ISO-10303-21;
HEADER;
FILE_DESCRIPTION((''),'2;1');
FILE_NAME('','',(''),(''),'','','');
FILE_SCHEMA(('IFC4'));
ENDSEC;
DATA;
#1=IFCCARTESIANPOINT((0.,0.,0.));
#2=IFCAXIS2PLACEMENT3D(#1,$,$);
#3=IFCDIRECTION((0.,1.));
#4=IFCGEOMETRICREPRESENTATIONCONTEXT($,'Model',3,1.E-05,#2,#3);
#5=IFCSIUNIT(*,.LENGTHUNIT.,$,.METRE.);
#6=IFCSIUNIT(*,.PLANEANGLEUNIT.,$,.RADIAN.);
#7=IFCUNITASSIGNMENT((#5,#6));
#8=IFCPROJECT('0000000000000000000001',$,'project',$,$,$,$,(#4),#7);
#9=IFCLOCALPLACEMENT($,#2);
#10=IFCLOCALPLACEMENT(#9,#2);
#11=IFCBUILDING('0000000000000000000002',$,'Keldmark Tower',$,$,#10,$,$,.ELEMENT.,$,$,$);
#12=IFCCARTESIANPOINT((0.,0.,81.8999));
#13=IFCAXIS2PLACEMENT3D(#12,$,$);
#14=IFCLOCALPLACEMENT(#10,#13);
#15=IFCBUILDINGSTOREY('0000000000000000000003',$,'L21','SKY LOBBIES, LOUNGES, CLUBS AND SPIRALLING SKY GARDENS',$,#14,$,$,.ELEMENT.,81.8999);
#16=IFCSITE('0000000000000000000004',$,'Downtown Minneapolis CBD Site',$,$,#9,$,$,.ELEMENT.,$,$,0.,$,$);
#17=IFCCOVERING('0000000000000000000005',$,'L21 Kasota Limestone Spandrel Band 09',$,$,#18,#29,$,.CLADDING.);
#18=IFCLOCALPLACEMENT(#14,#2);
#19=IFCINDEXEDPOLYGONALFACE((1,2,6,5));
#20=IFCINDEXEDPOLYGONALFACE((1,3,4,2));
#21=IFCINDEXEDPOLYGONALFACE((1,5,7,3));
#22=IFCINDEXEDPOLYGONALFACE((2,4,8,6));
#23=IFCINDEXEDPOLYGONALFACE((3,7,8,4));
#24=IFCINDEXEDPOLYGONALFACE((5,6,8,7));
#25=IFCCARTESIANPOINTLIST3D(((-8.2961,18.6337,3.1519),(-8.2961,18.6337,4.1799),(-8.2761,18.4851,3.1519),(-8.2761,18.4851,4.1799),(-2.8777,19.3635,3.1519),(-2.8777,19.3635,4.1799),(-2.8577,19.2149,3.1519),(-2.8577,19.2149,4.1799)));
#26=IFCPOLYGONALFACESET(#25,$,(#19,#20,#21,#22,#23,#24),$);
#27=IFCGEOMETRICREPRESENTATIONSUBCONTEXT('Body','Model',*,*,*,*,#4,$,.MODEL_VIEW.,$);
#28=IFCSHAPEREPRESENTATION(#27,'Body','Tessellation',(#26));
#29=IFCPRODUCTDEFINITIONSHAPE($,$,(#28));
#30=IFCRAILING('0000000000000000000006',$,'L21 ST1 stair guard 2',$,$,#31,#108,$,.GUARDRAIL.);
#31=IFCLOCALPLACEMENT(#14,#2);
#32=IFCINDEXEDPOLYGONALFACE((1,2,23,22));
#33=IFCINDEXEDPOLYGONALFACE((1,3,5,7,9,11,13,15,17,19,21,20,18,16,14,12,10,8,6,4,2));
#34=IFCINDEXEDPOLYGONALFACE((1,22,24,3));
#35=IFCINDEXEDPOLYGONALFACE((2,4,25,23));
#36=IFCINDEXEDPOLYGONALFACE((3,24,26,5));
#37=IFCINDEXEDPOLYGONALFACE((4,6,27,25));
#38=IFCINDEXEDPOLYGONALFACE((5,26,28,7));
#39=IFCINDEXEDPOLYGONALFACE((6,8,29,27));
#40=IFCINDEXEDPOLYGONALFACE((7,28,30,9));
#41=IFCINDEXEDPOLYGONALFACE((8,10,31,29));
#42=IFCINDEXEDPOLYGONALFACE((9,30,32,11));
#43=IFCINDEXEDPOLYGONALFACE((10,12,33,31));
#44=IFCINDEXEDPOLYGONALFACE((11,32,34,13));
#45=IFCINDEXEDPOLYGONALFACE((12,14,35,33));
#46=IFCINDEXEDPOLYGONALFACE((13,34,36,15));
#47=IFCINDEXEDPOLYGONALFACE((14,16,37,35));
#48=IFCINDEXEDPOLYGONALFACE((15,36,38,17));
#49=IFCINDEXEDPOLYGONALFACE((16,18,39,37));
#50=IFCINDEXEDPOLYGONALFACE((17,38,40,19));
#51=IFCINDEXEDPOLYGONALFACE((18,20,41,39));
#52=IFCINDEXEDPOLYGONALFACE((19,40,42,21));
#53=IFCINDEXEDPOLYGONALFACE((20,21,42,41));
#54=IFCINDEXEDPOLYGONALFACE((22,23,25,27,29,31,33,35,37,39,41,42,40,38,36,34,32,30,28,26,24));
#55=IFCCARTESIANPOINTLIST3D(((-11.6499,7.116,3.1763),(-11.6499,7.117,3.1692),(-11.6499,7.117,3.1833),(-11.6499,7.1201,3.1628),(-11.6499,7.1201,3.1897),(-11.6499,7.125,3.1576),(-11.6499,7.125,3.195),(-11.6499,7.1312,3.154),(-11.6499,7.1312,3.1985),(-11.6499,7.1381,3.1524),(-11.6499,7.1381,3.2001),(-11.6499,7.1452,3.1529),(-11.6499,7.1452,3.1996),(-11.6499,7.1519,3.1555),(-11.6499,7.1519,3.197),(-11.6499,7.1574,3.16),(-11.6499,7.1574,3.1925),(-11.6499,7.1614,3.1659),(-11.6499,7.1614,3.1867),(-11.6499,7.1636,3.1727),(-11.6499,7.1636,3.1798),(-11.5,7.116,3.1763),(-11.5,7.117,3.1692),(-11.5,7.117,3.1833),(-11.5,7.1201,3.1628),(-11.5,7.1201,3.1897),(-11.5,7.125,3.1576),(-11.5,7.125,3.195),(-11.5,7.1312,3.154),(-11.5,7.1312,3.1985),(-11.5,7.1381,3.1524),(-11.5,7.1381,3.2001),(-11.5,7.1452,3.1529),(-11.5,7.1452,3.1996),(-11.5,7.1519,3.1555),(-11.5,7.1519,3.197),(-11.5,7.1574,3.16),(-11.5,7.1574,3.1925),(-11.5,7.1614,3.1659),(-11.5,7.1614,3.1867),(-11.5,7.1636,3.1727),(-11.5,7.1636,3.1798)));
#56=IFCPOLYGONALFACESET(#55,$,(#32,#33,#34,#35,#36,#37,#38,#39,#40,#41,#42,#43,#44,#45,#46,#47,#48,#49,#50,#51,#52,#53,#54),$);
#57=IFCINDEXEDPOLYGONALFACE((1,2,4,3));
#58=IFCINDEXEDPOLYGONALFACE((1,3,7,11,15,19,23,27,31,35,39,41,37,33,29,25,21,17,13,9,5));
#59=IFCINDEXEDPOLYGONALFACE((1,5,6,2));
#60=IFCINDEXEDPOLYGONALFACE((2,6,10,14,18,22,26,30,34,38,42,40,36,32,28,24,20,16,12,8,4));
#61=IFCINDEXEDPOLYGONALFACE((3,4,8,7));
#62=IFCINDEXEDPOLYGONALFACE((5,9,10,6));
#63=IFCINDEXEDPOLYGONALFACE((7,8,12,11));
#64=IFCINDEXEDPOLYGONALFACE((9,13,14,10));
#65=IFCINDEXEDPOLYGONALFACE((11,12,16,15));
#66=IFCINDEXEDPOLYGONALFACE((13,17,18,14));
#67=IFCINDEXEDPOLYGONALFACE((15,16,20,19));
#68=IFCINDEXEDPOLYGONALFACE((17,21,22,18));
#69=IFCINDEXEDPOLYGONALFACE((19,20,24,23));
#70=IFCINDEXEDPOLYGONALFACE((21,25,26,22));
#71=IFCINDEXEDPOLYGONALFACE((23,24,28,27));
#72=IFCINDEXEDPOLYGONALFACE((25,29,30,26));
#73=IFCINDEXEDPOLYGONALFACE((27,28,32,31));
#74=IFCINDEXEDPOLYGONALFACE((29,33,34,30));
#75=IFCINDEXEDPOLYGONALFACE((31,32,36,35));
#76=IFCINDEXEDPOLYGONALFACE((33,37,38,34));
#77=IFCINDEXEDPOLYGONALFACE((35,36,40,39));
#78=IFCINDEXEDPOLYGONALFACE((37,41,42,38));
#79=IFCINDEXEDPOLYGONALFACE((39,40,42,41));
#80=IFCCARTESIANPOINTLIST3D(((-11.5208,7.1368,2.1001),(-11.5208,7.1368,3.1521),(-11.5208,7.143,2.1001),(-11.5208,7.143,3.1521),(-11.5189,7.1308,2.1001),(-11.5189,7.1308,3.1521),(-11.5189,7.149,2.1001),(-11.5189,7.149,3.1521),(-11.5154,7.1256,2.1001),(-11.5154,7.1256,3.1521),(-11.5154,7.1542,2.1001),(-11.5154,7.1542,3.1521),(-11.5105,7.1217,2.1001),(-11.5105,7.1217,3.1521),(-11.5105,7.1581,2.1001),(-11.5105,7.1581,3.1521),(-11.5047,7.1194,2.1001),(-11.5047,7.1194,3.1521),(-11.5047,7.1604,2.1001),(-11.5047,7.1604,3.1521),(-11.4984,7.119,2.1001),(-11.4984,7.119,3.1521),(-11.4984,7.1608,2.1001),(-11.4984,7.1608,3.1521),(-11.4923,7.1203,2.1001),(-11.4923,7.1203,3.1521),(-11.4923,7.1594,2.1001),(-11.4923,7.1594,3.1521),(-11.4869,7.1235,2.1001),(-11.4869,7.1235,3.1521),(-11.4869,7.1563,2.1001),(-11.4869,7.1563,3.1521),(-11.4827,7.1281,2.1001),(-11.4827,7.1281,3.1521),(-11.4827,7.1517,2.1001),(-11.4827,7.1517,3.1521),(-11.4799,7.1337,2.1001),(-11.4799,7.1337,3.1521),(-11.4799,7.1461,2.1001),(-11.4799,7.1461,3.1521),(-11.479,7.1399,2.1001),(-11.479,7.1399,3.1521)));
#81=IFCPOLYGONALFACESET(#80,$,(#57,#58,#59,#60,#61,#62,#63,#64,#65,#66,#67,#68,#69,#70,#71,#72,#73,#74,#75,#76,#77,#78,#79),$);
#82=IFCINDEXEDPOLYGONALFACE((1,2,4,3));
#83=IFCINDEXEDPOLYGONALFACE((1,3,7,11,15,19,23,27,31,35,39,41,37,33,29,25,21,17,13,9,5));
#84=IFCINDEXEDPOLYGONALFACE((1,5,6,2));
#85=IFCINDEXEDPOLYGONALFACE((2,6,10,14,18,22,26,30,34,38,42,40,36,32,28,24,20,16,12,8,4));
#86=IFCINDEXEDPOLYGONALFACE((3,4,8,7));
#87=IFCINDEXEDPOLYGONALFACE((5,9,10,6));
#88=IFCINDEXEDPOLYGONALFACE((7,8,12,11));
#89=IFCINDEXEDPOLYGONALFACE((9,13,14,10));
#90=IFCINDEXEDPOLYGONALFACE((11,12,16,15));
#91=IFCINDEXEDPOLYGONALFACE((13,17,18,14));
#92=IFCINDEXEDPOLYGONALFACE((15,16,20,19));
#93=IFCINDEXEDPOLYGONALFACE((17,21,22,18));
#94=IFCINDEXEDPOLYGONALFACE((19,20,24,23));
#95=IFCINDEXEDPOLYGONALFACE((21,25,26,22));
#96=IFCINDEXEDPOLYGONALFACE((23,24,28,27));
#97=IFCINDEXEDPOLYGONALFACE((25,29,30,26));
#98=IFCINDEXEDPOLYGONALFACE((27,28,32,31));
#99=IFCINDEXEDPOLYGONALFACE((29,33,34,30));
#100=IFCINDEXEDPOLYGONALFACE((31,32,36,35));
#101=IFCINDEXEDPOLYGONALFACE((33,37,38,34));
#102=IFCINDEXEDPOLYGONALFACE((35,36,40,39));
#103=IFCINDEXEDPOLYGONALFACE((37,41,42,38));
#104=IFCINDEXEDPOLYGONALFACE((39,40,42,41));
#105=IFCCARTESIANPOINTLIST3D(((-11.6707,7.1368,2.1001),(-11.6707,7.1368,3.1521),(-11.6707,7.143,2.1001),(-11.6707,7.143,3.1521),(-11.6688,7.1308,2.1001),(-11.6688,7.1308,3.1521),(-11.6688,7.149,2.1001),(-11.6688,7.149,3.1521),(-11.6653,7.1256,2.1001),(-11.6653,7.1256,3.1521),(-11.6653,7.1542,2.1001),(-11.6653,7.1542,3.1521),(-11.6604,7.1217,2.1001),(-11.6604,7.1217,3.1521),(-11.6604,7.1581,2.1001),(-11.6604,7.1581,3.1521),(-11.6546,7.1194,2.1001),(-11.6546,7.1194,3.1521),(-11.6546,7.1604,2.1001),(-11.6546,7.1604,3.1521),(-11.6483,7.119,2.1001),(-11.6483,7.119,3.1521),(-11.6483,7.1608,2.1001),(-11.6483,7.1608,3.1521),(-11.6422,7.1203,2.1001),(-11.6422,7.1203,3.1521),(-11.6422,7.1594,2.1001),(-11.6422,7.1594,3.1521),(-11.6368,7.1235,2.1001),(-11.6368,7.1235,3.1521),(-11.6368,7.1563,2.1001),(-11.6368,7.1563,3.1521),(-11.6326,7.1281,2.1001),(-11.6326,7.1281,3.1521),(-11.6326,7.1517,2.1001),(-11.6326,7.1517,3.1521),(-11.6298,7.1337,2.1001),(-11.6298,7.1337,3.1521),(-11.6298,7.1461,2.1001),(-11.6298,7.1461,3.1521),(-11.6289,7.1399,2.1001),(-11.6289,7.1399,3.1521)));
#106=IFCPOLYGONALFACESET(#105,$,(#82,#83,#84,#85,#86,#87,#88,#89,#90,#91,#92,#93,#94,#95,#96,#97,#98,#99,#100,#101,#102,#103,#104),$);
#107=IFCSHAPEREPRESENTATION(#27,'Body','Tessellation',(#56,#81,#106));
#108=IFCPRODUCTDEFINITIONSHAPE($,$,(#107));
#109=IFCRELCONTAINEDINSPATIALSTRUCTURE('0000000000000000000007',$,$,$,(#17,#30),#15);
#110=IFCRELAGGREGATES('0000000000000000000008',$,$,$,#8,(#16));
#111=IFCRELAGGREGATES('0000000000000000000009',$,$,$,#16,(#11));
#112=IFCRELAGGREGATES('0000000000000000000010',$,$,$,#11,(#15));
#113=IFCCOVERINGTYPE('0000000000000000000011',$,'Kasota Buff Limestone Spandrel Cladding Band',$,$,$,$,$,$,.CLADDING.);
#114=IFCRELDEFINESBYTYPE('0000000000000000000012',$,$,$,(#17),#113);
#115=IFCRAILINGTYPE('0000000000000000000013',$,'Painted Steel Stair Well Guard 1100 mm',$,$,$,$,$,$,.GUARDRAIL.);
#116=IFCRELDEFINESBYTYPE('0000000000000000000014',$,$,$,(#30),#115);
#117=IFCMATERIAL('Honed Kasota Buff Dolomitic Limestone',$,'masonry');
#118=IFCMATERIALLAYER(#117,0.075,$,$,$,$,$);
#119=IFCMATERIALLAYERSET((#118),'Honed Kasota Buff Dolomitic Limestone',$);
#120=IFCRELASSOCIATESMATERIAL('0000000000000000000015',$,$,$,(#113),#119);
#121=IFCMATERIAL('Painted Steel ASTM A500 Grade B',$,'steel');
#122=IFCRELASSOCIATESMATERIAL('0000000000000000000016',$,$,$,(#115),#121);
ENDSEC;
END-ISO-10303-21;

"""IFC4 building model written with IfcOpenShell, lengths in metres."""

from ifc_helpers import new_model, si_unit, direction, frame, origin, origin_2d, place, context, subcontext, project, spatial, rectangle, circle, extrude, material, layer, layer_set, type_object, element, save


model = new_model("IFC4")

# Units and contexts
model_context = context("Model", 3, precision=1e-05, world=origin(), true_north=direction((0.0, 1.0)))
body_context = subcontext(model_context, "Body", "Model", "MODEL_VIEW")
ifc_project = project(units=[si_unit("LENGTHUNIT", "METRE"), si_unit("PLANEANGLEUNIT", "RADIAN")], contexts=[model_context])

# Site, building, storey
site_placement = place(None, origin())
site = spatial("IfcSite", under=ifc_project, at=site_placement, Name="Downtown Minneapolis CBD Site", CompositionType="ELEMENT", RefElevation=0.0)
building_placement = place(site_placement, origin())
building = spatial("IfcBuilding", under=site, at=building_placement, Name="Keldmark Tower", CompositionType="ELEMENT")
storey_placement = place(building_placement, frame((0.0, 0.0, 81.8999)))
storey = spatial("IfcBuildingStorey", under=building, at=storey_placement, Name="L21", Description="SKY LOBBIES, LOUNGES, CLUBS AND SPIRALLING SKY GARDENS", CompositionType="ELEMENT", Elevation=81.8999)

# Covering
ifc_material_1 = material(Name="Honed Kasota Buff Dolomitic Limestone", Category="masonry")
ifc_layer_1 = layer(ifc_material_1, 0.075)
ifc_layer_set_1 = layer_set([ifc_layer_1], Name="Honed Kasota Buff Dolomitic Limestone")
covering_type = type_object("IfcCoveringType", Name="Kasota Buff Limestone Spandrel Cladding Band", PredefinedType="CLADDING", material=ifc_layer_set_1)
covering_placement = place(storey_placement, frame((-5.5769, 18.9243, 3.1519), z_axis=(0.0, 0.0, 1.0), x_axis=(-0.991051, -0.133485, 0.0)))
element("IfcCovering", 1, at=covering_placement, inside=storey, type_object=covering_type, Name="L21 Kasota Limestone Spandrel Band 09", PredefinedType="CLADDING", context=body_context, shape_type="SweptSolid", body=[
    extrude(rectangle(XDim=5.4673, YDim=0.1499, at=origin_2d()), origin(), (0.0, 0.0, 1.0), 1.0281),
])

# Railing
ifc_material_2 = material(Name="Painted Steel ASTM A500 Grade B", Category="steel")
railing_type = type_object("IfcRailingType", Name="Painted Steel Stair Well Guard 1100 mm", PredefinedType="GUARDRAIL", material=ifc_material_2)
railing_placement = place(storey_placement, frame((-11.5, 7.1399, 2.1001)))
element("IfcRailing", 2, at=railing_placement, inside=storey, type_object=railing_type, Name="L21 ST1 stair guard 2", PredefinedType="GUARDRAIL", context=body_context, shape_type="SweptSolid", body=[
    extrude(circle(Radius=0.0239, at=origin_2d()), frame((0.0, 0.0, 1.0762), z_axis=(-1.0, 0.0, 0.0), x_axis=(0.0, -1.0, 0.0)), (0.0, 0.0, 1.0), 0.1499),
    extrude(circle(Radius=0.021, at=origin_2d()), origin(), (0.0, 0.0, 1.0), 1.052),
    extrude(circle(Radius=0.021, at=origin_2d()), frame((-0.1499, 0.0, 0.0)), (0.0, 0.0, 1.0), 1.052),
])

save(model, "model.ifc")
